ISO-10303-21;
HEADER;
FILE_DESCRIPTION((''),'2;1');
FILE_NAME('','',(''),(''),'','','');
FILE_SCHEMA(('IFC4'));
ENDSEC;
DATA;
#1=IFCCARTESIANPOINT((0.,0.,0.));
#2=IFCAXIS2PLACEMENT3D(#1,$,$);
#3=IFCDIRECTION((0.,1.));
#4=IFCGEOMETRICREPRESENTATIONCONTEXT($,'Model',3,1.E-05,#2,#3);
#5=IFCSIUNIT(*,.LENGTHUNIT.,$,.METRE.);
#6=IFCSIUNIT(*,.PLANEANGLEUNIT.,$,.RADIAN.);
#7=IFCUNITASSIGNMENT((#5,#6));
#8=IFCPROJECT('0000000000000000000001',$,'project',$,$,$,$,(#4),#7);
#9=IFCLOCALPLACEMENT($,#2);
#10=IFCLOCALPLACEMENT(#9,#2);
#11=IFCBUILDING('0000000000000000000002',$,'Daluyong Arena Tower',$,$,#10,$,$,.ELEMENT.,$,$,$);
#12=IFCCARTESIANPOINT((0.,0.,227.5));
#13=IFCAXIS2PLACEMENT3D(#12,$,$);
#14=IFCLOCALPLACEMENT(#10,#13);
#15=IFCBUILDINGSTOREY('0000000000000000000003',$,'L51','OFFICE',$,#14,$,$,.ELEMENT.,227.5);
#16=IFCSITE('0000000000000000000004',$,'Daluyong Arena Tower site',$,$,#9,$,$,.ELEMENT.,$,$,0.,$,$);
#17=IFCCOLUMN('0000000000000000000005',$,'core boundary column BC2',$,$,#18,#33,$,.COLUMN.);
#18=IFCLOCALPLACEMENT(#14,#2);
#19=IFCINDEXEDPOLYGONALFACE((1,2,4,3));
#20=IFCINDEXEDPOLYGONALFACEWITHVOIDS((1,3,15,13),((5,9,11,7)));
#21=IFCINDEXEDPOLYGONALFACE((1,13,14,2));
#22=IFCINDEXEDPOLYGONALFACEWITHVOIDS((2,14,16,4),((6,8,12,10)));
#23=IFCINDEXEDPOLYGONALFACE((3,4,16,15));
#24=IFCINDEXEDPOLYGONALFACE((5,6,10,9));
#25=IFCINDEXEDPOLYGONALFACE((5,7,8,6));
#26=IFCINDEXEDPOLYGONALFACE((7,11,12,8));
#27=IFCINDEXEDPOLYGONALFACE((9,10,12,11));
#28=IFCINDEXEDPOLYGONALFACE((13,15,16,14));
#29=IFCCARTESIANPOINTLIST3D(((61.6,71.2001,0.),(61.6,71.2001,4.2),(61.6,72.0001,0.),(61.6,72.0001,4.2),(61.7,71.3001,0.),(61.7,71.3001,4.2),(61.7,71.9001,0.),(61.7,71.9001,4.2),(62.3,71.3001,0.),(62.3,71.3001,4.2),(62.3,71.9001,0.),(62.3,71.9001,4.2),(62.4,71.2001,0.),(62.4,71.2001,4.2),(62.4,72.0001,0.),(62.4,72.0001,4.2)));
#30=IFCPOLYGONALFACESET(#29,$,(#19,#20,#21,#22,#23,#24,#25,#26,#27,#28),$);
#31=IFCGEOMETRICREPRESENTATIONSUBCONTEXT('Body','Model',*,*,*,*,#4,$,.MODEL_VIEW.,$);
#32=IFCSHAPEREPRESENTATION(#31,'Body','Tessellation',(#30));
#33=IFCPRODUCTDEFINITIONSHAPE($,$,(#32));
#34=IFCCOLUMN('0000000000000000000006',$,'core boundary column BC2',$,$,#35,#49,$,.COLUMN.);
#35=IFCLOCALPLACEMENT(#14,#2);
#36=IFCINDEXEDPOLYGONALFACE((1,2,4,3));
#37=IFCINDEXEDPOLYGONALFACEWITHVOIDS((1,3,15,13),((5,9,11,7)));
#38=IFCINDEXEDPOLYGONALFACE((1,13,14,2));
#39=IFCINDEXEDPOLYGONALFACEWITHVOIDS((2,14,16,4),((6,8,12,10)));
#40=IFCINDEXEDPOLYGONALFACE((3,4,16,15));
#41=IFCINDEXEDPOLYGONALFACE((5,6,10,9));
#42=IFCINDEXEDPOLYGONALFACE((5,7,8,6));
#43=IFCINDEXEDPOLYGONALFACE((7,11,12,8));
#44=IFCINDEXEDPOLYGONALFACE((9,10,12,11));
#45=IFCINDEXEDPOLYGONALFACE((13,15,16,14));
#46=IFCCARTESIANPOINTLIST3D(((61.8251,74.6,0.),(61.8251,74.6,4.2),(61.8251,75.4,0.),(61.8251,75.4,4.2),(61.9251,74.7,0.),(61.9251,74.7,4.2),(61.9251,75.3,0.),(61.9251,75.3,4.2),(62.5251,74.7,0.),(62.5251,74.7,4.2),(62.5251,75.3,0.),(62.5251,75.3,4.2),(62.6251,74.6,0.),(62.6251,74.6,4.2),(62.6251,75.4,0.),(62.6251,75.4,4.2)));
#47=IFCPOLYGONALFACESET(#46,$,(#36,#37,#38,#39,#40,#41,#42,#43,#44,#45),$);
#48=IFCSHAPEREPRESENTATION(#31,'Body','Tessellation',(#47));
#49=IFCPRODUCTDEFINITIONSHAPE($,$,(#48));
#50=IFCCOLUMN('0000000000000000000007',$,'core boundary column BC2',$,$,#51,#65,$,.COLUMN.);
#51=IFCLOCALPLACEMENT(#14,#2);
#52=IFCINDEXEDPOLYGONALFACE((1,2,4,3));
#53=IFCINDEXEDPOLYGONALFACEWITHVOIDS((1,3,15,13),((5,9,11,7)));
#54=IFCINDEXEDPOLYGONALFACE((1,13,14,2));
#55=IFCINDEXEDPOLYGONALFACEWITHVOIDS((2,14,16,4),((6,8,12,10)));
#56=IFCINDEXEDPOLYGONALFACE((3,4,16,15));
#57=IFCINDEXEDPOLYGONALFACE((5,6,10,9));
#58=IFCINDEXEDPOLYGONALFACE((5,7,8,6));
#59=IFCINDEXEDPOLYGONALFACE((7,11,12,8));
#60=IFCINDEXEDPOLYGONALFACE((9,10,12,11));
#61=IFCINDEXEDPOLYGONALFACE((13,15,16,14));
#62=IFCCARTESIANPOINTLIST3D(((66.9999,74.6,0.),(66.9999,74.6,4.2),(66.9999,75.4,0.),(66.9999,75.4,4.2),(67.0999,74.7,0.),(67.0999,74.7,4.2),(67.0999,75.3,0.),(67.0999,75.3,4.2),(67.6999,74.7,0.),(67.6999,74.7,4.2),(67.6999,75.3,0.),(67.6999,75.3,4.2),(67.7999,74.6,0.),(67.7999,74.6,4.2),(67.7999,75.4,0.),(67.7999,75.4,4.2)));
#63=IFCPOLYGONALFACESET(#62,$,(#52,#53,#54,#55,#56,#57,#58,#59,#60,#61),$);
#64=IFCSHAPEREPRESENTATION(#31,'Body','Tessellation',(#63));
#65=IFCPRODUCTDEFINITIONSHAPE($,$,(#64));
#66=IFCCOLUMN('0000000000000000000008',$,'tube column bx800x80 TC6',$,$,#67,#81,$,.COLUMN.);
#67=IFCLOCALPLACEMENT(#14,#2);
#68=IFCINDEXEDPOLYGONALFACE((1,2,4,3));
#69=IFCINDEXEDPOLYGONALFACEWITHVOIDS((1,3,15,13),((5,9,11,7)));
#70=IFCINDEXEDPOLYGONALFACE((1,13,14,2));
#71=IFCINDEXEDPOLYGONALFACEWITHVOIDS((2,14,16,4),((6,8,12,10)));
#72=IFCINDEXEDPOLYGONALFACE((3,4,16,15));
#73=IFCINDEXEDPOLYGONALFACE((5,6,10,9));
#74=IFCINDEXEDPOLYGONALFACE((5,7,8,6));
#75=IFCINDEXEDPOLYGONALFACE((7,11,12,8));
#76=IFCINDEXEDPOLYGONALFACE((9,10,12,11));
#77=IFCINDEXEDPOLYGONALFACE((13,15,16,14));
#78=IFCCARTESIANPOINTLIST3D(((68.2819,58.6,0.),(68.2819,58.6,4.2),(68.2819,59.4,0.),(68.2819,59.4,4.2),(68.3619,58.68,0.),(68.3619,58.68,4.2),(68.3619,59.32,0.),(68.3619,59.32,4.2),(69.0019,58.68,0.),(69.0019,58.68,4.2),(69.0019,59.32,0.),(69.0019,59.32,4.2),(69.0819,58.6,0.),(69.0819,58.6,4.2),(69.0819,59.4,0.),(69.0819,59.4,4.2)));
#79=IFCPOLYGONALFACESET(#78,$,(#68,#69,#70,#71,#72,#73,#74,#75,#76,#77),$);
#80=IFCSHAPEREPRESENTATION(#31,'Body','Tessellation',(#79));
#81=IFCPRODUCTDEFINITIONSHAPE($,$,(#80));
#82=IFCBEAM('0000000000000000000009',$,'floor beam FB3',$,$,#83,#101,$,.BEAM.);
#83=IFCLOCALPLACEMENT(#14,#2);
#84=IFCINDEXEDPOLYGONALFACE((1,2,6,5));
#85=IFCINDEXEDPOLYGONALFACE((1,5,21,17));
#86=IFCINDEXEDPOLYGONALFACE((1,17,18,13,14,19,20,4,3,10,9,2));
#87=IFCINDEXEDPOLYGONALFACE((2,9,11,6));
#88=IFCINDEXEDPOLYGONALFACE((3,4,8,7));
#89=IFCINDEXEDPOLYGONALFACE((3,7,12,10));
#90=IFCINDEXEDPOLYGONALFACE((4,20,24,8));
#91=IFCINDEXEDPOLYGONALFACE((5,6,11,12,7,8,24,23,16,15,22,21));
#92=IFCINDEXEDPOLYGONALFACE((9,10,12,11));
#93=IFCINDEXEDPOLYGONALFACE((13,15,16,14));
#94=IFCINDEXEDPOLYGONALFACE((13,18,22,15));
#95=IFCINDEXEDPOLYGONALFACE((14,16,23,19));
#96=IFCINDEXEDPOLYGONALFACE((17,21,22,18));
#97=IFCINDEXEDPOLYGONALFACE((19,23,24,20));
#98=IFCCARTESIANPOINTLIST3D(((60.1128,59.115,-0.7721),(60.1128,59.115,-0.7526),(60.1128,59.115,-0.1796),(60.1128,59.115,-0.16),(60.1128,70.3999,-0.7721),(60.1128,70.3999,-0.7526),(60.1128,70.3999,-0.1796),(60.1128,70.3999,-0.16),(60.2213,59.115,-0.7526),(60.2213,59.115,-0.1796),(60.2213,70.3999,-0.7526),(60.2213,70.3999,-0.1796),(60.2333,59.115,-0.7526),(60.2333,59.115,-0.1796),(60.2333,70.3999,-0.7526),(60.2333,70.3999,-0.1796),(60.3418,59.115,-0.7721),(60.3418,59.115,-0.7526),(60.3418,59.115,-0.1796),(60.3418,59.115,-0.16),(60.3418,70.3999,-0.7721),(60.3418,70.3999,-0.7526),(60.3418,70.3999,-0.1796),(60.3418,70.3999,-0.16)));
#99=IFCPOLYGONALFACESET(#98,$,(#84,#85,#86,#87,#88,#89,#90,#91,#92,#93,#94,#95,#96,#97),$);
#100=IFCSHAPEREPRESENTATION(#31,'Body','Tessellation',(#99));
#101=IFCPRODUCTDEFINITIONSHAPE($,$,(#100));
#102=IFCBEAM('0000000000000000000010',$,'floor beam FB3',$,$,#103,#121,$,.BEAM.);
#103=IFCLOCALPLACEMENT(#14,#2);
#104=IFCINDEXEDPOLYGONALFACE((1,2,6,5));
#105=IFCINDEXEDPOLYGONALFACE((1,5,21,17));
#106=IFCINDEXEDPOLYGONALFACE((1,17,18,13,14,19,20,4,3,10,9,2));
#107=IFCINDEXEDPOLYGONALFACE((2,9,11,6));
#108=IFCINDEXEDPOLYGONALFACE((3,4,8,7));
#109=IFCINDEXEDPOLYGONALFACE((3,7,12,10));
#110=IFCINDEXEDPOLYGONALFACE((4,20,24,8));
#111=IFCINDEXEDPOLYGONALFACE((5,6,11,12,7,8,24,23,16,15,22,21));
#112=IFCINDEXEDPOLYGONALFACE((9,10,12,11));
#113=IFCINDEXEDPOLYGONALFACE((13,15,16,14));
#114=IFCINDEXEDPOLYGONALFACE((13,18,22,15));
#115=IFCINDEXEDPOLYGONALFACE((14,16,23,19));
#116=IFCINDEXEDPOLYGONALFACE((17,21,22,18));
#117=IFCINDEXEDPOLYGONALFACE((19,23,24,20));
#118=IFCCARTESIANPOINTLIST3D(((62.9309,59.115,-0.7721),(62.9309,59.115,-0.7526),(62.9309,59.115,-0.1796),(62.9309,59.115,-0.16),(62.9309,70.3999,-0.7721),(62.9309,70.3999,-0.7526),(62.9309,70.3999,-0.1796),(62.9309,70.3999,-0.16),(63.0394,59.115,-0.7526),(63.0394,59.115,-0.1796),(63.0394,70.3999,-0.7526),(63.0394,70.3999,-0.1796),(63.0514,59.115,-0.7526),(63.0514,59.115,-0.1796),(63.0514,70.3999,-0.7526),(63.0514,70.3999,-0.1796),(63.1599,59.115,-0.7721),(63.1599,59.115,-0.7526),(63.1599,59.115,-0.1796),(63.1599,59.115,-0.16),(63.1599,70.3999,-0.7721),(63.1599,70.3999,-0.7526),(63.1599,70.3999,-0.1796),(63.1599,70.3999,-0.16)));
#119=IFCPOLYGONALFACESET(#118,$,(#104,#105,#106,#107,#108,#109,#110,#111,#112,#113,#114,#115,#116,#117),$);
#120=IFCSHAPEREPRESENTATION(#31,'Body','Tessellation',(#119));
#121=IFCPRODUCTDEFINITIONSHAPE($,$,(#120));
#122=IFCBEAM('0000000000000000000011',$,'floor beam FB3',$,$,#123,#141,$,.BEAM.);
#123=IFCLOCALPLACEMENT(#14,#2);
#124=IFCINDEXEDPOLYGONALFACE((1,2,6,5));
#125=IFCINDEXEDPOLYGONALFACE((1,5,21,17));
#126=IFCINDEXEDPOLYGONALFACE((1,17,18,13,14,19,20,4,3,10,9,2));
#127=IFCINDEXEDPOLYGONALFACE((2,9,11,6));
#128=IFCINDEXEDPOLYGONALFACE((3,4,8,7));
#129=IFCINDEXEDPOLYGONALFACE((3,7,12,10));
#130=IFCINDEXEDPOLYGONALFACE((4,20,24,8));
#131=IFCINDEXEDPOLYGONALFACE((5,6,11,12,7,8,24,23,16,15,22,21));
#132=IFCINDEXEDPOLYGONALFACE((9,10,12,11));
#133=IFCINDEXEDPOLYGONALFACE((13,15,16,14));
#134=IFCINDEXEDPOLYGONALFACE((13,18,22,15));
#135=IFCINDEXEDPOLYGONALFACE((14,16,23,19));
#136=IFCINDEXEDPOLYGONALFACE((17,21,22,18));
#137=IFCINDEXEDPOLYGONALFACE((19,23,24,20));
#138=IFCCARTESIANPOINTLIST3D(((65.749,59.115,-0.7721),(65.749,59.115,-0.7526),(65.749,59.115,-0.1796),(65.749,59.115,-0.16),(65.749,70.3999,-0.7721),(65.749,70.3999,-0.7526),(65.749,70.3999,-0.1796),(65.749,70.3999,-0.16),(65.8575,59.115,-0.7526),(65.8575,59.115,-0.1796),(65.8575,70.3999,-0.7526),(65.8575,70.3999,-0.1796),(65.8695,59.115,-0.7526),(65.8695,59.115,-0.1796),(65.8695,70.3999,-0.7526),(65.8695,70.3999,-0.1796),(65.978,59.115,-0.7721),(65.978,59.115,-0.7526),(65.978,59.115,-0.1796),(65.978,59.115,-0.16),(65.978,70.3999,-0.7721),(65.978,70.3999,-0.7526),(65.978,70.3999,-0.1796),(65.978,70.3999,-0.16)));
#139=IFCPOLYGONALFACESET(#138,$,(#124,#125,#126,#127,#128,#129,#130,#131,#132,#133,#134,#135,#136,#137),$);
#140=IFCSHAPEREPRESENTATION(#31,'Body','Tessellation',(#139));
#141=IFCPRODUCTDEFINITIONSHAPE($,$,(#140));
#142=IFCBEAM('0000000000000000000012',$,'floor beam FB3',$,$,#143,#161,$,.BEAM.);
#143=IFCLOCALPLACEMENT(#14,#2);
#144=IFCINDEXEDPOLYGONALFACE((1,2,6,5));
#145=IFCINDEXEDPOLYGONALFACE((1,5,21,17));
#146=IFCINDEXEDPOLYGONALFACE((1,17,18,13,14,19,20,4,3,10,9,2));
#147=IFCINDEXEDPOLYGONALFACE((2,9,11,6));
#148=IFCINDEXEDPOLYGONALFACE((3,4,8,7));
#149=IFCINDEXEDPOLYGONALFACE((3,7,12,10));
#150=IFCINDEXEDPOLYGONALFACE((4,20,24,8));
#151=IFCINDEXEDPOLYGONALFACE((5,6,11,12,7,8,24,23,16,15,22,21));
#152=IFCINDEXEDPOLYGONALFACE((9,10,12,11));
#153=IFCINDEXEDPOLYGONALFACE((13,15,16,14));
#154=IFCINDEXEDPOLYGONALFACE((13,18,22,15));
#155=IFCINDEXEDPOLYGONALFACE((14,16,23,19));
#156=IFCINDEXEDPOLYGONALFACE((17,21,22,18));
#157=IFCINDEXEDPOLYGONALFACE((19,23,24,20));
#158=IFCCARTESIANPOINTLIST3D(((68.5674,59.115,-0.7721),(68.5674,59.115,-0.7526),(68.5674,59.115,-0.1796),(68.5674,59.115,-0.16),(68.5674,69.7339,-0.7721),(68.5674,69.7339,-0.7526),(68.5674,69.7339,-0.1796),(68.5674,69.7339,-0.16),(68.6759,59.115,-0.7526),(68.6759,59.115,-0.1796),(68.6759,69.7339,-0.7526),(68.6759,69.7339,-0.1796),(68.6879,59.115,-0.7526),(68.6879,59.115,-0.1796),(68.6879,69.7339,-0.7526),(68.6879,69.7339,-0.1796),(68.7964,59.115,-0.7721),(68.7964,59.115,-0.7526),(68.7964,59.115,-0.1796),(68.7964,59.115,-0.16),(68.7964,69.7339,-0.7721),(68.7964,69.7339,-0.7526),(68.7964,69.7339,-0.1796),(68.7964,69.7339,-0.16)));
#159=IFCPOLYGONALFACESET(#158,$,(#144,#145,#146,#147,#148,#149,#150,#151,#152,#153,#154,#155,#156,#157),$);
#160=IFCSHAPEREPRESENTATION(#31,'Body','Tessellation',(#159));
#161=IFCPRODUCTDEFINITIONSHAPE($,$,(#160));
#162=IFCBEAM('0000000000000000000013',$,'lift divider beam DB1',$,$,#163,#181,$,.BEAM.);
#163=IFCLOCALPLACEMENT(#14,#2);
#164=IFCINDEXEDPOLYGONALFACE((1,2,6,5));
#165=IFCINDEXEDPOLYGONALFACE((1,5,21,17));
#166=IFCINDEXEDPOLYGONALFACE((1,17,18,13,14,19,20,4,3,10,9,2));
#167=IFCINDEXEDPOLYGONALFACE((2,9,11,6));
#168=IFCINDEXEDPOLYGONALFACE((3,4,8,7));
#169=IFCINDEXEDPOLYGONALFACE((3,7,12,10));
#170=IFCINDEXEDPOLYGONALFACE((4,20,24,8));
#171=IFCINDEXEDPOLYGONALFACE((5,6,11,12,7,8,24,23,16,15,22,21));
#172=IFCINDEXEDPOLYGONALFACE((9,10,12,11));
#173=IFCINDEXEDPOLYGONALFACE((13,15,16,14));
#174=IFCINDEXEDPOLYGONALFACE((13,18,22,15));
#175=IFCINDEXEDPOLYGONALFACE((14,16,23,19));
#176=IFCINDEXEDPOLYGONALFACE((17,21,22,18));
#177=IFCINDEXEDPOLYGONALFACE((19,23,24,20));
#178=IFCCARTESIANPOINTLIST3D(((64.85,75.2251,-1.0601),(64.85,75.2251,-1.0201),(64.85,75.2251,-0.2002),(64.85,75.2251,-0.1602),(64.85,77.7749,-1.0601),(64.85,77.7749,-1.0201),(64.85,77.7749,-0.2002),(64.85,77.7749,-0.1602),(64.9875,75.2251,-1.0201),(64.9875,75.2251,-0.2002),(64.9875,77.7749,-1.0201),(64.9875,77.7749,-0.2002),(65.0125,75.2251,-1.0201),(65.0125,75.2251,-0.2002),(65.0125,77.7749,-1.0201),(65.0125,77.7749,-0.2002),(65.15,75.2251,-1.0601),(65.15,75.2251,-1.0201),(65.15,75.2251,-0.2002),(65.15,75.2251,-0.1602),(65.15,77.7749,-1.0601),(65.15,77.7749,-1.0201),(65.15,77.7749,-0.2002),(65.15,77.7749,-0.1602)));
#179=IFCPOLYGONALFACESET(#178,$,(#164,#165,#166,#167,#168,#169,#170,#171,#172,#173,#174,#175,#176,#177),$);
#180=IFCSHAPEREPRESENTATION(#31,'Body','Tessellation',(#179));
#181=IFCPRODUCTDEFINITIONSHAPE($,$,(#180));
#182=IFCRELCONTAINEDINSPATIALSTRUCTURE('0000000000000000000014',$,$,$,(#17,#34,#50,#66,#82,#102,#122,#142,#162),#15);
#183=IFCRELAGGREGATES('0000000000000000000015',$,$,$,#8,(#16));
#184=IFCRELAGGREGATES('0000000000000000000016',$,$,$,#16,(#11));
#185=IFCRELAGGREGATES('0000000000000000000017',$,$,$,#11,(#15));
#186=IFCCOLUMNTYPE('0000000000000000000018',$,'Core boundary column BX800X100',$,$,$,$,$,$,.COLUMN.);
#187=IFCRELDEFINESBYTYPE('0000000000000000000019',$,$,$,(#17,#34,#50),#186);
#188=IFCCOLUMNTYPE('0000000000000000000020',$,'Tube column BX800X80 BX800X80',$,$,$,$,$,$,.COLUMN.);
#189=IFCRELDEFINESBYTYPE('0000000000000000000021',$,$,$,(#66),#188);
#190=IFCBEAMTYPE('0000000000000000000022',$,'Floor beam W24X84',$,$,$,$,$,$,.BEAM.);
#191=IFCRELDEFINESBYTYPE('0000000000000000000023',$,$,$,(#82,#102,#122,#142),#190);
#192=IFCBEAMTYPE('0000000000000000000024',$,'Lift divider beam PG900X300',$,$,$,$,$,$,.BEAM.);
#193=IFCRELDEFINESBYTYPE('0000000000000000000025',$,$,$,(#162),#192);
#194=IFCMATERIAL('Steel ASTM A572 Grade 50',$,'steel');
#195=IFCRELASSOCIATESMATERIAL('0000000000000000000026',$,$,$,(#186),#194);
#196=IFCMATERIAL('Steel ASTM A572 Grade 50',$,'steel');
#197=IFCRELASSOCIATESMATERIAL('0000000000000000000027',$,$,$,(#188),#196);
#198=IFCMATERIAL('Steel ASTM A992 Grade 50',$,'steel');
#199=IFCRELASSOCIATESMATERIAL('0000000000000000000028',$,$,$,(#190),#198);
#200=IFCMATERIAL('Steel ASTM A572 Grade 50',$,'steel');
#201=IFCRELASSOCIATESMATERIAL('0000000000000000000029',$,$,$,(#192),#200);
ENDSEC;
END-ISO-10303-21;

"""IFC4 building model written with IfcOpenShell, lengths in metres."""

from ifc_helpers import new_model, si_unit, direction, frame, origin, origin_2d, place, context, subcontext, project, spatial, hollow_rectangle, i_section, extrude, material, material_profile, profile_set, type_object, element, save


model = new_model("IFC4")

# Units and contexts
model_context = context("Model", 3, precision=1e-05, world=origin(), true_north=direction((0.0, 1.0)))
body_context = subcontext(model_context, "Body", "Model", "MODEL_VIEW")
ifc_project = project(units=[si_unit("LENGTHUNIT", "METRE"), si_unit("PLANEANGLEUNIT", "RADIAN")], contexts=[model_context])

# Site, building, storey
site_placement = place(None, origin())
site = spatial("IfcSite", under=ifc_project, at=site_placement, Name="Daluyong Arena Tower site", CompositionType="ELEMENT", RefElevation=0.0)
building_placement = place(site_placement, origin())
building = spatial("IfcBuilding", under=site, at=building_placement, Name="Daluyong Arena Tower", CompositionType="ELEMENT")
storey_placement = place(building_placement, frame((0.0, 0.0, 227.5)))
storey = spatial("IfcBuildingStorey", under=building, at=storey_placement, Name="L51", Description="OFFICE", CompositionType="ELEMENT", Elevation=227.5)

# Columns
ifc_material_1 = material(Name="Steel ASTM A572 Grade 50", Category="steel")
ifc_material_profile_1 = material_profile(ifc_material_1, hollow_rectangle(XDim=0.8, YDim=0.8, WallThickness=0.1, at=origin_2d()))
ifc_profile_set_1 = profile_set([ifc_material_profile_1], Name="Steel ASTM A572 Grade 50")
column_type_1 = type_object("IfcColumnType", Name="Core boundary column BX800X100", PredefinedType="COLUMN", material=ifc_profile_set_1)
for number, where, z_axis, x_axis, name in (
    (1, (62.0, 71.6001, 0.0), (0.0, 0.0, 1.0), (1.0, 0.0, 0.0), "core boundary column BC2"),
    (2, (62.2251, 75.0, 0.0), (0.0, 0.0, 1.0), (1.0, 0.0, 0.0), "core boundary column BC2"),
    (3, (67.3999, 75.0, 0.0), (0.0, 0.0, 1.0), (1.0, 0.0, 0.0), "core boundary column BC2"),
):
    element("IfcColumn", number, at=place(storey_placement, frame(where, z_axis=z_axis, x_axis=x_axis)), inside=storey, type_object=column_type_1, Name=name, PredefinedType="COLUMN", context=body_context, shape_type="SweptSolid", body=[
        extrude(hollow_rectangle(XDim=0.8, YDim=0.8, WallThickness=0.1, at=origin_2d()), origin(), (0.0, 0.0, 1.0), 4.2),
    ])
ifc_material_2 = material(Name="Steel ASTM A572 Grade 50", Category="steel")
ifc_material_profile_2 = material_profile(ifc_material_2, hollow_rectangle(XDim=0.8, YDim=0.8, WallThickness=0.08, at=origin_2d()))
ifc_profile_set_2 = profile_set([ifc_material_profile_2], Name="Steel ASTM A572 Grade 50")
column_type_2 = type_object("IfcColumnType", Name="Tube column BX800X80 BX800X80", PredefinedType="COLUMN", material=ifc_profile_set_2)
column_placement = place(storey_placement, frame((68.6819, 59.0, 0.0), z_axis=(0.0, 0.0, 1.0), x_axis=(1.0, 0.0, 0.0)))
element("IfcColumn", 4, at=column_placement, inside=storey, type_object=column_type_2, Name="tube column bx800x80 TC6", PredefinedType="COLUMN", context=body_context, shape_type="SweptSolid", body=[
    extrude(hollow_rectangle(XDim=0.8, YDim=0.8, WallThickness=0.08, at=origin_2d()), origin(), (0.0, 0.0, 1.0), 4.2),
])

# Beams
ifc_material_3 = material(Name="Steel ASTM A992 Grade 50", Category="steel")
ifc_material_profile_3 = material_profile(ifc_material_3, i_section(OverallWidth=0.229, OverallDepth=0.6121, WebThickness=0.012, FlangeThickness=0.0195, at=origin_2d()))
ifc_profile_set_3 = profile_set([ifc_material_profile_3], Name="Steel ASTM A992 Grade 50")
beam_type_1 = type_object("IfcBeamType", Name="Floor beam W24X84", PredefinedType="BEAM", material=ifc_profile_set_3)
for number, where, z_axis, x_axis, name in (
    (5, (60.2273, 59.115, -0.4661), (0.0, 1.0, 0.0), (-1.0, 0.0, 0.0), "floor beam FB3"),
    (6, (63.0454, 59.115, -0.4661), (0.0, 1.0, 0.0), (-1.0, 0.0, 0.0), "floor beam FB3"),
    (7, (65.8635, 59.115, -0.4661), (0.0, 1.0, 0.0), (-1.0, 0.0, 0.0), "floor beam FB3"),
):
    element("IfcBeam", number, at=place(storey_placement, frame(where, z_axis=z_axis, x_axis=x_axis)), inside=storey, type_object=beam_type_1, Name=name, PredefinedType="BEAM", context=body_context, shape_type="SweptSolid", body=[
        extrude(i_section(OverallWidth=0.229, OverallDepth=0.6121, WebThickness=0.012, FlangeThickness=0.0195, at=origin_2d()), origin(), (0.0, 0.0, 1.0), 11.2849),
    ])
beam_1_placement = place(storey_placement, frame((68.6819, 59.115, -0.4661), z_axis=(0.0, 1.0, 0.0), x_axis=(-1.0, 0.0, 0.0)))
element("IfcBeam", 8, at=beam_1_placement, inside=storey, type_object=beam_type_1, Name="floor beam FB3", PredefinedType="BEAM", context=body_context, shape_type="SweptSolid", body=[
    extrude(i_section(OverallWidth=0.229, OverallDepth=0.6121, WebThickness=0.012, FlangeThickness=0.0195, at=origin_2d()), origin(), (0.0, 0.0, 1.0), 10.6189),
])
ifc_material_4 = material(Name="Steel ASTM A572 Grade 50", Category="steel")
ifc_material_profile_4 = material_profile(ifc_material_4, i_section(OverallWidth=0.3, OverallDepth=0.8999, WebThickness=0.025, FlangeThickness=0.04, at=origin_2d()))
ifc_profile_set_4 = profile_set([ifc_material_profile_4], Name="Steel ASTM A572 Grade 50")
beam_type_2 = type_object("IfcBeamType", Name="Lift divider beam PG900X300", PredefinedType="BEAM", material=ifc_profile_set_4)
beam_2_placement = place(storey_placement, frame((65.0, 75.2251, -0.6101), z_axis=(0.0, 1.0, 0.0), x_axis=(-1.0, 0.0, 0.0)))
element("IfcBeam", 9, at=beam_2_placement, inside=storey, type_object=beam_type_2, Name="lift divider beam DB1", PredefinedType="BEAM", context=body_context, shape_type="SweptSolid", body=[
    extrude(i_section(OverallWidth=0.3, OverallDepth=0.8999, WebThickness=0.025, FlangeThickness=0.04, at=origin_2d()), origin(), (0.0, 0.0, 1.0), 2.5498),
])

save(model, "model.ifc")
